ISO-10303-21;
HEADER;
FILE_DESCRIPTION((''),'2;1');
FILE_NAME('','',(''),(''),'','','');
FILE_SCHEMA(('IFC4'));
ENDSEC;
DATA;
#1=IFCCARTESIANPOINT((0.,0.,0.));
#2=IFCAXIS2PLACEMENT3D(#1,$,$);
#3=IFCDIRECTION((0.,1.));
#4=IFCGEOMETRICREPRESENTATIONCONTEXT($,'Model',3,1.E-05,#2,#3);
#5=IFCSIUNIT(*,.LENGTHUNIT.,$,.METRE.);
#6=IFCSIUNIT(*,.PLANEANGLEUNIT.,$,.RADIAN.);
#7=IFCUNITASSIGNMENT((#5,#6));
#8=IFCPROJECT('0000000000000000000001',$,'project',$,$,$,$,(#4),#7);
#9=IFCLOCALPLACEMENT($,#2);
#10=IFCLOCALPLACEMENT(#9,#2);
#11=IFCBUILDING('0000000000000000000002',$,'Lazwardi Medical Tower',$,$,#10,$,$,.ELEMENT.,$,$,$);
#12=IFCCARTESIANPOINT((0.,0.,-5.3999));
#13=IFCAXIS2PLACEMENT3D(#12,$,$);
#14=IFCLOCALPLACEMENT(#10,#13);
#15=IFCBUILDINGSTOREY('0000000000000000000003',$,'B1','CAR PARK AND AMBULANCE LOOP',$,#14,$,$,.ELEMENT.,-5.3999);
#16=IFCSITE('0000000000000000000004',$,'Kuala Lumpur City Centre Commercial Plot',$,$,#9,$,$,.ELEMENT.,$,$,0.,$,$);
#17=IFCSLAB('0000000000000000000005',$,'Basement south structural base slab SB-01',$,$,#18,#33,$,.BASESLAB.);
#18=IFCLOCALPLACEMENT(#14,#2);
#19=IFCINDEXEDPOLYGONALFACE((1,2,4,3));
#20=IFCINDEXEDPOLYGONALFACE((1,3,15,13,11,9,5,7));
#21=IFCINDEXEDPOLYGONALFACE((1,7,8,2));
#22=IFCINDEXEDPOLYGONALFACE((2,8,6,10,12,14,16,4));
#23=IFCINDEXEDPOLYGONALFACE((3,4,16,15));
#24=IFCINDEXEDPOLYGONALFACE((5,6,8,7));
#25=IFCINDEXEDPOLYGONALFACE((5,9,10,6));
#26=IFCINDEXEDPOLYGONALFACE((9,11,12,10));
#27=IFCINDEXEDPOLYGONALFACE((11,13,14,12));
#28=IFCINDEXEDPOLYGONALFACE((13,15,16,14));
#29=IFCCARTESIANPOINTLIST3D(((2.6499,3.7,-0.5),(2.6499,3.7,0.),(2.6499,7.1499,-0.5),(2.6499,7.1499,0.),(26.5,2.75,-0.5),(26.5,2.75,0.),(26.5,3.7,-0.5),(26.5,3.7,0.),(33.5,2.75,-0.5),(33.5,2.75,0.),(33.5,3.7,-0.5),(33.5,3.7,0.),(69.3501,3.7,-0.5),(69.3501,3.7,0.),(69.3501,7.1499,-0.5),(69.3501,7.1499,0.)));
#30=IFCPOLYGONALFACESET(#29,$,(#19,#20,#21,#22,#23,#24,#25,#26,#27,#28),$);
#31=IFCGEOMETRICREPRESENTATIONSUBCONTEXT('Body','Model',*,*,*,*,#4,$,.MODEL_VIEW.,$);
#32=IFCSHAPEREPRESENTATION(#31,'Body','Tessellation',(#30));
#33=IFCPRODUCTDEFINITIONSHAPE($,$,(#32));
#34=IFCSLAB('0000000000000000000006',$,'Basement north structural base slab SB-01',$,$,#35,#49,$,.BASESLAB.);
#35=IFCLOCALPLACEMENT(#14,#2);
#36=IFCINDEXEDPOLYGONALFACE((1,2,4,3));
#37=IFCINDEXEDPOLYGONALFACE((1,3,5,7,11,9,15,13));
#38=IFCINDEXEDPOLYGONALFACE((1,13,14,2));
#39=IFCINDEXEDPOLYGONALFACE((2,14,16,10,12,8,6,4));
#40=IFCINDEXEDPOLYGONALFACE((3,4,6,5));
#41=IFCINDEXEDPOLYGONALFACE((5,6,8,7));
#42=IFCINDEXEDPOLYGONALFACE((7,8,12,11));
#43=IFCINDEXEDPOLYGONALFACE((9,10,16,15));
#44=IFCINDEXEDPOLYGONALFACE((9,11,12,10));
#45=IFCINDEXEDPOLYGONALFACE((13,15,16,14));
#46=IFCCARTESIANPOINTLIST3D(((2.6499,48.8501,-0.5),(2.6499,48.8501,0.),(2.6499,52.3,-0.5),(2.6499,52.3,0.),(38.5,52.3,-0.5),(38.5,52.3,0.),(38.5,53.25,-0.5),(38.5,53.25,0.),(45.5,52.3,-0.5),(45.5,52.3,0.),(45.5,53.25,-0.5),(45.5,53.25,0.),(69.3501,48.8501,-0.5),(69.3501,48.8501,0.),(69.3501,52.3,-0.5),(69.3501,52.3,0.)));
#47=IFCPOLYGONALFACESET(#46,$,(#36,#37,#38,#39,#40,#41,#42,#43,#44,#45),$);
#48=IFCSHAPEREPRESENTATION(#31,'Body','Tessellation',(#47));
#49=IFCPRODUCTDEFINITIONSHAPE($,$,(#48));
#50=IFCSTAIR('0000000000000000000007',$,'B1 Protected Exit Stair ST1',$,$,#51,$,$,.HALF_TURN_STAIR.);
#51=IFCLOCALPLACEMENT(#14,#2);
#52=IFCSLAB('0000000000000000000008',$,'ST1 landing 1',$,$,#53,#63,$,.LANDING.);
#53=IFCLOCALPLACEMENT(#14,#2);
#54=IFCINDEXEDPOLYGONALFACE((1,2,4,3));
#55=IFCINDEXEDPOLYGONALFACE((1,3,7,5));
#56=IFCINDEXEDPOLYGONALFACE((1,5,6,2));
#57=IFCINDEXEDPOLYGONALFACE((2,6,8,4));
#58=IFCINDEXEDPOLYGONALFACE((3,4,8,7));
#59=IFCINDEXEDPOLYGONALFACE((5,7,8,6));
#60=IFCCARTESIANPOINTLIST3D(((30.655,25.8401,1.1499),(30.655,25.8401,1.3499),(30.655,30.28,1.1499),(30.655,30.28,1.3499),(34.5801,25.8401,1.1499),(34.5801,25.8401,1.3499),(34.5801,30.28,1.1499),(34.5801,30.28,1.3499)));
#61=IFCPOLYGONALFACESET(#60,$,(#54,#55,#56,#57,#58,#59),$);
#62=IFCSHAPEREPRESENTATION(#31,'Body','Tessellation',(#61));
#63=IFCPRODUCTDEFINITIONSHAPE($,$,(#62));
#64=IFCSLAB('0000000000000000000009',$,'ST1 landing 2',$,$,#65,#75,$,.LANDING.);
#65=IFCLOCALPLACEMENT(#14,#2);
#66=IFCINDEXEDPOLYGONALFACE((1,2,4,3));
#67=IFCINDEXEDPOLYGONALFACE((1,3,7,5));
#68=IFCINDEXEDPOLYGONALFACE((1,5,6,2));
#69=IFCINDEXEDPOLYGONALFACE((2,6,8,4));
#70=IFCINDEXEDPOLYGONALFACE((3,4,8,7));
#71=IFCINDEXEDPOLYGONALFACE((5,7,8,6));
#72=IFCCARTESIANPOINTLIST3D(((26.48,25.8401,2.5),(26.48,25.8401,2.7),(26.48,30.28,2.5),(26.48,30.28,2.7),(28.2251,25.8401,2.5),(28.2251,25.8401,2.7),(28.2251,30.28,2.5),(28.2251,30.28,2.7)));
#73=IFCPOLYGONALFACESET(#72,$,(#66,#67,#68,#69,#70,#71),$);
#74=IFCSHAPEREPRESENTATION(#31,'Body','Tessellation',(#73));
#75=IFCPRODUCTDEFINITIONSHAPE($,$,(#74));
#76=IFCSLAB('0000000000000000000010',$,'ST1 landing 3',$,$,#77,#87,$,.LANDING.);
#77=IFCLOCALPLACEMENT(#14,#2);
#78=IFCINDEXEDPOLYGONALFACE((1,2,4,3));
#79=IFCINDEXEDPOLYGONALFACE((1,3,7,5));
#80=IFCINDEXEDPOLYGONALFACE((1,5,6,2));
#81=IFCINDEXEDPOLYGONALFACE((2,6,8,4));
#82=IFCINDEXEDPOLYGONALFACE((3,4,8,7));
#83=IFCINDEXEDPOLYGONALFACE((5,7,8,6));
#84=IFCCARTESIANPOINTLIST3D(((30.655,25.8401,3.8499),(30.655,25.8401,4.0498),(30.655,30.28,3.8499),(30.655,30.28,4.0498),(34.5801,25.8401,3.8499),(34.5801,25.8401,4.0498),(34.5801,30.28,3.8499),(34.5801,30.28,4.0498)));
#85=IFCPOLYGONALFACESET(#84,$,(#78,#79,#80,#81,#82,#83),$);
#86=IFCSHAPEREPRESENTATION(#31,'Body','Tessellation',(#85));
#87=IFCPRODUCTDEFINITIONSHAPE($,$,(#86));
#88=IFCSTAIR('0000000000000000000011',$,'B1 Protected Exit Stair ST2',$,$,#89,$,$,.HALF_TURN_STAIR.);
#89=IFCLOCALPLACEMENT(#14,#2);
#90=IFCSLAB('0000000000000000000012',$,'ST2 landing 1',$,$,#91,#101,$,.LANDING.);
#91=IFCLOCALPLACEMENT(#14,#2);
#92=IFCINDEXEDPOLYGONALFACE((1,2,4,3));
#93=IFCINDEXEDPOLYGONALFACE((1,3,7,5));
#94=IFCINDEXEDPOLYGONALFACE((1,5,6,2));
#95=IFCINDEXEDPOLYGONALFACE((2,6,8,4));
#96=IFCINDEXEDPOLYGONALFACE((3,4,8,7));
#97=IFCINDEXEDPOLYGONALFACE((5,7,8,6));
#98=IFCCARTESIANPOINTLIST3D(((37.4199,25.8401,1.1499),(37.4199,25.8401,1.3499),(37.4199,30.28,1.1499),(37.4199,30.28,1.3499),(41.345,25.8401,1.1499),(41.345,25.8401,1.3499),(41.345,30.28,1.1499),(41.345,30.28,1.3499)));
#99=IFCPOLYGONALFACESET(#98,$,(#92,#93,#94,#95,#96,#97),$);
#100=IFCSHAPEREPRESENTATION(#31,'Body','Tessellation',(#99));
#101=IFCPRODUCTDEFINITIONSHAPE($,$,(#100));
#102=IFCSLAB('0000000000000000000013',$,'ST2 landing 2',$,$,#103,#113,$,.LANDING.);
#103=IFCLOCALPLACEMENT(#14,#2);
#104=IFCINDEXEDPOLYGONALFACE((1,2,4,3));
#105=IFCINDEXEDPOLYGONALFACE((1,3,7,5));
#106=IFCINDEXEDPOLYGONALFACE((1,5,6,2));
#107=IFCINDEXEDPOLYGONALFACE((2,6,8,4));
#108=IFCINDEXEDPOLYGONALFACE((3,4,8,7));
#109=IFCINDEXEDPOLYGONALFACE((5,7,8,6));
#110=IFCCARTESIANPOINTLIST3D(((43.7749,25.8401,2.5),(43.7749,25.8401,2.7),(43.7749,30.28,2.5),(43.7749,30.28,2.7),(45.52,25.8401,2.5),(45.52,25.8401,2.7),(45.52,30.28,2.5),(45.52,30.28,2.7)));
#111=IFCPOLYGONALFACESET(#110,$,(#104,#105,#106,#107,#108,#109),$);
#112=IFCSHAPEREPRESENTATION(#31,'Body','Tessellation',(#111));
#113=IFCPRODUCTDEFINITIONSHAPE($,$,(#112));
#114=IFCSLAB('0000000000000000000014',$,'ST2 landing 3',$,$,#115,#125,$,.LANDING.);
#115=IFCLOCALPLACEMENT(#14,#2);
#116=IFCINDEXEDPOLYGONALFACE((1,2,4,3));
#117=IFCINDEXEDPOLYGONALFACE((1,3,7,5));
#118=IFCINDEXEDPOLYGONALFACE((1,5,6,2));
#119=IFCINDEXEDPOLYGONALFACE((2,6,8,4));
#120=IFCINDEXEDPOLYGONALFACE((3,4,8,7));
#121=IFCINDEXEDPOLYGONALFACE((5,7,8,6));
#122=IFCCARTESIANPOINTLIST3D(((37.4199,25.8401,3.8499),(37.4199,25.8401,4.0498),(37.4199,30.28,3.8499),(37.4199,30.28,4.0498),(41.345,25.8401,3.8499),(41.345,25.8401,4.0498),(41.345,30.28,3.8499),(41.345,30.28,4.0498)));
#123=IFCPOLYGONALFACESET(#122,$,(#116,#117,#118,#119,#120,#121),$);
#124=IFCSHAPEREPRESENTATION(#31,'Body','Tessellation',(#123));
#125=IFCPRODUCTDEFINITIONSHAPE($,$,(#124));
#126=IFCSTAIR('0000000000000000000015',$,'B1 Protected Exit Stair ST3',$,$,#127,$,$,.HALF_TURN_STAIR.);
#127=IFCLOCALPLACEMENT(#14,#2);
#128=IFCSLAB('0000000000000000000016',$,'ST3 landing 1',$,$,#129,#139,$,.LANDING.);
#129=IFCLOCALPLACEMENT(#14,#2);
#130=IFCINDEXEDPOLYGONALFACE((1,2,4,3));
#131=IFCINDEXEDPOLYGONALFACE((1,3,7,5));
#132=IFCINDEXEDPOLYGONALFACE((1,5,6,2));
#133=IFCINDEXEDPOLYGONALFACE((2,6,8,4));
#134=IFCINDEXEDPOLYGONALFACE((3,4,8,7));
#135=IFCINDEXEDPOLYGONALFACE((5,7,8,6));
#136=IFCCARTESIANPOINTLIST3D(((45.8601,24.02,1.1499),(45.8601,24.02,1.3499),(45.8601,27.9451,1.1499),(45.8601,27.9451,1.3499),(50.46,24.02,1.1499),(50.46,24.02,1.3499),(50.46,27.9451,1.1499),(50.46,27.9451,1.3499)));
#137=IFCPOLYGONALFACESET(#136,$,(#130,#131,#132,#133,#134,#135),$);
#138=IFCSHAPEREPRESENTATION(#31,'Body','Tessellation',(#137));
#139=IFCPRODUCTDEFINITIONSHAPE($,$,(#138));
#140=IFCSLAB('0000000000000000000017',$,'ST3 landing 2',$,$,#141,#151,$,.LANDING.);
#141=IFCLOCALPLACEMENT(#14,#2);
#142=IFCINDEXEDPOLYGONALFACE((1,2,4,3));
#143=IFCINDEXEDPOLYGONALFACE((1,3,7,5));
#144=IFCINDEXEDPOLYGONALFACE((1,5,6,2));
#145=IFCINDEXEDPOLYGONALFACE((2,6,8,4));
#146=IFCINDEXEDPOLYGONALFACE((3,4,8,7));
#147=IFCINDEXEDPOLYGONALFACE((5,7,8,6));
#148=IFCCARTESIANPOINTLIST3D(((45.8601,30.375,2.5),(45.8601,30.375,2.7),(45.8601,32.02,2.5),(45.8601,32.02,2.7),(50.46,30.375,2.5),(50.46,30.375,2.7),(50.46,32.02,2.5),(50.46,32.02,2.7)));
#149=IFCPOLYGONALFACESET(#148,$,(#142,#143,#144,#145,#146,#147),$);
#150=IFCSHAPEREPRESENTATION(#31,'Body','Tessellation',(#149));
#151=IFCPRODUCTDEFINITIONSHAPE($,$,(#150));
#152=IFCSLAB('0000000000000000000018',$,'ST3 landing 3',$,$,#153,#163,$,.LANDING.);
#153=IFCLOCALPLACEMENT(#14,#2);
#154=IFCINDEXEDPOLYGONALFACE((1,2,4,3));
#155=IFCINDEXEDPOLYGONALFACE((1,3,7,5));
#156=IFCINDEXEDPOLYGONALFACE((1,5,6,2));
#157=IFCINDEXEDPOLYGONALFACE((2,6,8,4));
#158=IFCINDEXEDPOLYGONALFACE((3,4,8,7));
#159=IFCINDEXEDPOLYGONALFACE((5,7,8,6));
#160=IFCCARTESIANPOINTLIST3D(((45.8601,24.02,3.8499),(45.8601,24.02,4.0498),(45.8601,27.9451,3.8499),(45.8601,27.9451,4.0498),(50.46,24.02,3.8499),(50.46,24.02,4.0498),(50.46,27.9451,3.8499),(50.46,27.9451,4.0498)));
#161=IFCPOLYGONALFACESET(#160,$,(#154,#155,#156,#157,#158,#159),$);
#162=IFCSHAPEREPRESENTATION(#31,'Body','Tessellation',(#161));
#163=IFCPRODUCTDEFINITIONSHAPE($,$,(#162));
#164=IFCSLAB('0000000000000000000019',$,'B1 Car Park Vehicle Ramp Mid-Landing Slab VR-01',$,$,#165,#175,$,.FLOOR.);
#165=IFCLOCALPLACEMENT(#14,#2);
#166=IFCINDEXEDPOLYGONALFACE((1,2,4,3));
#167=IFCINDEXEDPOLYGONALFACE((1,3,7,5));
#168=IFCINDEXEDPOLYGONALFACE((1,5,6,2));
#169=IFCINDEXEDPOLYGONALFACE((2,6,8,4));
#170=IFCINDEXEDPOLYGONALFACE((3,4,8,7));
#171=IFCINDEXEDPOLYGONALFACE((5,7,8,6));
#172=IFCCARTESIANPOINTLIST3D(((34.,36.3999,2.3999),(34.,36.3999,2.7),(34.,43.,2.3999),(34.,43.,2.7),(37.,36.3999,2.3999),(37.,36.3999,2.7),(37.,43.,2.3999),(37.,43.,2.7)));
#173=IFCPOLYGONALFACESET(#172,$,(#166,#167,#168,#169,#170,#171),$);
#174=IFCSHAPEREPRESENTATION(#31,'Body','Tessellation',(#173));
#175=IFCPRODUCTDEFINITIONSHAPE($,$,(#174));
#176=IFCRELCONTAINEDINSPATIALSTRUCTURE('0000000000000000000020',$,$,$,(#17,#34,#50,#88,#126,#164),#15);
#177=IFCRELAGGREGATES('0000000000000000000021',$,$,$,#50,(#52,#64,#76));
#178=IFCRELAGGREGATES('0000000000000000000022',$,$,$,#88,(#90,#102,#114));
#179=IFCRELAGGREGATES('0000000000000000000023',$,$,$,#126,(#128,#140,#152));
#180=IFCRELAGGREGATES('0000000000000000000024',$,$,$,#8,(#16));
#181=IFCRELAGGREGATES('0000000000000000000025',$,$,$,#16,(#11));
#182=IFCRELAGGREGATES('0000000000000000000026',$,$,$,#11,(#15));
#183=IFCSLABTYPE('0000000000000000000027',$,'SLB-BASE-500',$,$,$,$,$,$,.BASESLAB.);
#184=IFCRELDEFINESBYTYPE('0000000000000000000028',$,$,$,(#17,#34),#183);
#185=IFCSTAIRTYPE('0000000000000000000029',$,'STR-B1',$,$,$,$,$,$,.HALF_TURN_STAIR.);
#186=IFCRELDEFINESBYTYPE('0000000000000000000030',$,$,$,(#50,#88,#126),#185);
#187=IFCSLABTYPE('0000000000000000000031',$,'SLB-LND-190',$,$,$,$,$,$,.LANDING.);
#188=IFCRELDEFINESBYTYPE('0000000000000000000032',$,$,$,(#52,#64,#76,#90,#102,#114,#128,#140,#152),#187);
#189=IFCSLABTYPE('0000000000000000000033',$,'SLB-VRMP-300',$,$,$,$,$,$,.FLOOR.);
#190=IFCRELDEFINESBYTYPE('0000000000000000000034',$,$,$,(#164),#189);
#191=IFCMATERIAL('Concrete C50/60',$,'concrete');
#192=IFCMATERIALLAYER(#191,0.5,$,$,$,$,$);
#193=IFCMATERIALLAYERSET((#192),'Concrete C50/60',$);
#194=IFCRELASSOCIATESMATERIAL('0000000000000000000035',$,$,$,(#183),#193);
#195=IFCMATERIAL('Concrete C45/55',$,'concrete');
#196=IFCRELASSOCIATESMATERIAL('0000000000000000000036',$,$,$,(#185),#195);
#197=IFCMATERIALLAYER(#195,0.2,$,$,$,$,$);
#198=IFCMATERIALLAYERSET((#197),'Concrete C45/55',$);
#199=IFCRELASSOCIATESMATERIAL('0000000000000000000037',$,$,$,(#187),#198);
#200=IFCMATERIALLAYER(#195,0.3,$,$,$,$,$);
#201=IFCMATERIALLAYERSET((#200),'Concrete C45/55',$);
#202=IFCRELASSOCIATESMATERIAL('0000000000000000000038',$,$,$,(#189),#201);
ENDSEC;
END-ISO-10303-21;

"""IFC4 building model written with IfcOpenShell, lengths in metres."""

from ifc_helpers import new_model, si_unit, direction, frame, origin, place, context, subcontext, project, spatial, polyline, outline, extrude, material, layer, layer_set, type_object, element, aggregate, save


model = new_model("IFC4")

# Units and contexts
model_context = context("Model", 3, precision=1e-05, world=origin(), true_north=direction((0.0, 1.0)))
body_context = subcontext(model_context, "Body", "Model", "MODEL_VIEW")
ifc_project = project(units=[si_unit("LENGTHUNIT", "METRE"), si_unit("PLANEANGLEUNIT", "RADIAN")], contexts=[model_context])

# Site, building, storey
site_placement = place(None, origin())
site = spatial("IfcSite", under=ifc_project, at=site_placement, Name="Kuala Lumpur City Centre Commercial Plot", CompositionType="ELEMENT", RefElevation=0.0)
building_placement = place(site_placement, origin())
building = spatial("IfcBuilding", under=site, at=building_placement, Name="Lazwardi Medical Tower", CompositionType="ELEMENT")
storey_placement = place(building_placement, frame((0.0, 0.0, -5.3999)))
storey = spatial("IfcBuildingStorey", under=building, at=storey_placement, Name="B1", Description="CAR PARK AND AMBULANCE LOOP", CompositionType="ELEMENT", Elevation=-5.3999)

# Shared definitions
ifc_material_1 = material(Name="Concrete C45/55", Category="concrete")
ifc_material_2 = material(Name="Concrete C50/60", Category="concrete")

# Slabs
ifc_layer_1 = layer(ifc_material_2, 0.5)
ifc_layer_set_1 = layer_set([ifc_layer_1], Name="Concrete C50/60")
slab_type_1 = type_object("IfcSlabType", Name="SLB-BASE-500", PredefinedType="BASESLAB", material=ifc_layer_set_1)
slab_1_placement = place(storey_placement, frame((0.0, 0.0, -0.5)))
element("IfcSlab", 1, at=slab_1_placement, inside=storey, type_object=slab_type_1, Name="Basement south structural base slab SB-01", PredefinedType="BASESLAB", context=body_context, shape_type="SweptSolid", body=[
    extrude(outline(polyline([(33.5, 3.7), (69.3501, 3.7), (69.3501, 7.1499), (2.6499, 7.1499), (2.6499, 3.7), (26.5, 3.7), (26.5, 2.75), (33.5, 2.75), (33.5, 3.7)])), origin(), (0.0, 0.0, 1.0), 0.5),
])
slab_2_placement = place(storey_placement, frame((0.0, 0.0, -0.5)))
element("IfcSlab", 2, at=slab_2_placement, inside=storey, type_object=slab_type_1, Name="Basement north structural base slab SB-01", PredefinedType="BASESLAB", context=body_context, shape_type="SweptSolid", body=[
    extrude(outline(polyline([(45.5, 52.3), (45.5, 53.25), (38.5, 53.25), (38.5, 52.3), (2.6499, 52.3), (2.6499, 48.8501), (69.3501, 48.8501), (69.3501, 52.3), (45.5, 52.3)])), origin(), (0.0, 0.0, 1.0), 0.5),
])

# Stairs, slabs
stair_type = type_object("IfcStairType", Name="STR-B1", PredefinedType="HALF_TURN_STAIR", material=ifc_material_1)
stair_1_placement = place(storey_placement, origin())
stair_1 = element("IfcStair", 3, at=stair_1_placement, inside=storey, type_object=stair_type, Name="B1 Protected Exit Stair ST1", PredefinedType="HALF_TURN_STAIR")
ifc_layer_2 = layer(ifc_material_1, 0.2)
ifc_layer_set_2 = layer_set([ifc_layer_2], Name="Concrete C45/55")
slab_type_2 = type_object("IfcSlabType", Name="SLB-LND-190", PredefinedType="LANDING", material=ifc_layer_set_2)
slab_3_placement = place(storey_placement, frame((0.0, 0.0, 1.1499)))
slab_3 = element("IfcSlab", 4, at=slab_3_placement, type_object=slab_type_2, Name="ST1 landing 1", PredefinedType="LANDING", context=body_context, shape_type="SweptSolid", body=[
    extrude(outline(polyline([(30.655, 25.8401), (34.5801, 25.8401), (34.5801, 30.28), (30.655, 30.28), (30.655, 25.8401)])), origin(), (0.0, 0.0, 1.0), 0.2),
])
slab_4_placement = place(storey_placement, frame((0.0, 0.0, 2.5)))
slab_4 = element("IfcSlab", 5, at=slab_4_placement, type_object=slab_type_2, Name="ST1 landing 2", PredefinedType="LANDING", context=body_context, shape_type="SweptSolid", body=[
    extrude(outline(polyline([(26.48, 25.8401), (28.2251, 25.8401), (28.2251, 30.28), (26.48, 30.28), (26.48, 25.8401)])), origin(), (0.0, 0.0, 1.0), 0.2),
])
slab_5_placement = place(storey_placement, frame((0.0, 0.0, 3.8499)))
slab_5 = element("IfcSlab", 6, at=slab_5_placement, type_object=slab_type_2, Name="ST1 landing 3", PredefinedType="LANDING", context=body_context, shape_type="SweptSolid", body=[
    extrude(outline(polyline([(30.655, 25.8401), (34.5801, 25.8401), (34.5801, 30.28), (30.655, 30.28), (30.655, 25.8401)])), origin(), (0.0, 0.0, 1.0), 0.2),
])
aggregate(stair_1, [slab_3, slab_4, slab_5])
stair_2_placement = place(storey_placement, origin())
stair_2 = element("IfcStair", 7, at=stair_2_placement, inside=storey, type_object=stair_type, Name="B1 Protected Exit Stair ST2", PredefinedType="HALF_TURN_STAIR")
slab_6_placement = place(storey_placement, frame((0.0, 0.0, 1.1499)))
slab_6 = element("IfcSlab", 8, at=slab_6_placement, type_object=slab_type_2, Name="ST2 landing 1", PredefinedType="LANDING", context=body_context, shape_type="SweptSolid", body=[
    extrude(outline(polyline([(41.345, 30.28), (37.4199, 30.28), (37.4199, 25.8401), (41.345, 25.8401), (41.345, 30.28)])), origin(), (0.0, 0.0, 1.0), 0.2),
])
slab_7_placement = place(storey_placement, frame((0.0, 0.0, 2.5)))
slab_7 = element("IfcSlab", 9, at=slab_7_placement, type_object=slab_type_2, Name="ST2 landing 2", PredefinedType="LANDING", context=body_context, shape_type="SweptSolid", body=[
    extrude(outline(polyline([(45.52, 30.28), (43.7749, 30.28), (43.7749, 25.8401), (45.52, 25.8401), (45.52, 30.28)])), origin(), (0.0, 0.0, 1.0), 0.2),
])
slab_8_placement = place(storey_placement, frame((0.0, 0.0, 3.8499)))
slab_8 = element("IfcSlab", 10, at=slab_8_placement, type_object=slab_type_2, Name="ST2 landing 3", PredefinedType="LANDING", context=body_context, shape_type="SweptSolid", body=[
    extrude(outline(polyline([(41.345, 30.28), (37.4199, 30.28), (37.4199, 25.8401), (41.345, 25.8401), (41.345, 30.28)])), origin(), (0.0, 0.0, 1.0), 0.2),
])
aggregate(stair_2, [slab_6, slab_7, slab_8])
stair_3_placement = place(storey_placement, origin())
stair_3 = element("IfcStair", 11, at=stair_3_placement, inside=storey, type_object=stair_type, Name="B1 Protected Exit Stair ST3", PredefinedType="HALF_TURN_STAIR")
slab_9_placement = place(storey_placement, frame((0.0, 0.0, 1.1499)))
slab_9 = element("IfcSlab", 12, at=slab_9_placement, type_object=slab_type_2, Name="ST3 landing 1", PredefinedType="LANDING", context=body_context, shape_type="SweptSolid", body=[
    extrude(outline(polyline([(45.8601, 27.9451), (45.8601, 24.02), (50.46, 24.02), (50.46, 27.9451), (45.8601, 27.9451)])), origin(), (0.0, 0.0, 1.0), 0.2),
])
slab_10_placement = place(storey_placement, frame((0.0, 0.0, 2.5)))
slab_10 = element("IfcSlab", 13, at=slab_10_placement, type_object=slab_type_2, Name="ST3 landing 2", PredefinedType="LANDING", context=body_context, shape_type="SweptSolid", body=[
    extrude(outline(polyline([(45.8601, 32.02), (45.8601, 30.375), (50.46, 30.375), (50.46, 32.02), (45.8601, 32.02)])), origin(), (0.0, 0.0, 1.0), 0.2),
])
slab_11_placement = place(storey_placement, frame((0.0, 0.0, 3.8499)))
slab_11 = element("IfcSlab", 14, at=slab_11_placement, type_object=slab_type_2, Name="ST3 landing 3", PredefinedType="LANDING", context=body_context, shape_type="SweptSolid", body=[
    extrude(outline(polyline([(45.8601, 27.9451), (45.8601, 24.02), (50.46, 24.02), (50.46, 27.9451), (45.8601, 27.9451)])), origin(), (0.0, 0.0, 1.0), 0.2),
])
aggregate(stair_3, [slab_9, slab_10, slab_11])

# Slab
ifc_layer_3 = layer(ifc_material_1, 0.3)
ifc_layer_set_3 = layer_set([ifc_layer_3], Name="Concrete C45/55")
slab_type_3 = type_object("IfcSlabType", Name="SLB-VRMP-300", PredefinedType="FLOOR", material=ifc_layer_set_3)
slab_12_placement = place(storey_placement, frame((0.0, 0.0, 2.3999)))
element("IfcSlab", 15, at=slab_12_placement, inside=storey, type_object=slab_type_3, Name="B1 Car Park Vehicle Ramp Mid-Landing Slab VR-01", PredefinedType="FLOOR", context=body_context, shape_type="SweptSolid", body=[
    extrude(outline(polyline([(34.0, 36.3999), (37.0, 36.3999), (37.0, 43.0), (34.0, 43.0), (34.0, 36.3999)])), origin(), (0.0, 0.0, 1.0), 0.3),
])

save(model, "model.ifc")
